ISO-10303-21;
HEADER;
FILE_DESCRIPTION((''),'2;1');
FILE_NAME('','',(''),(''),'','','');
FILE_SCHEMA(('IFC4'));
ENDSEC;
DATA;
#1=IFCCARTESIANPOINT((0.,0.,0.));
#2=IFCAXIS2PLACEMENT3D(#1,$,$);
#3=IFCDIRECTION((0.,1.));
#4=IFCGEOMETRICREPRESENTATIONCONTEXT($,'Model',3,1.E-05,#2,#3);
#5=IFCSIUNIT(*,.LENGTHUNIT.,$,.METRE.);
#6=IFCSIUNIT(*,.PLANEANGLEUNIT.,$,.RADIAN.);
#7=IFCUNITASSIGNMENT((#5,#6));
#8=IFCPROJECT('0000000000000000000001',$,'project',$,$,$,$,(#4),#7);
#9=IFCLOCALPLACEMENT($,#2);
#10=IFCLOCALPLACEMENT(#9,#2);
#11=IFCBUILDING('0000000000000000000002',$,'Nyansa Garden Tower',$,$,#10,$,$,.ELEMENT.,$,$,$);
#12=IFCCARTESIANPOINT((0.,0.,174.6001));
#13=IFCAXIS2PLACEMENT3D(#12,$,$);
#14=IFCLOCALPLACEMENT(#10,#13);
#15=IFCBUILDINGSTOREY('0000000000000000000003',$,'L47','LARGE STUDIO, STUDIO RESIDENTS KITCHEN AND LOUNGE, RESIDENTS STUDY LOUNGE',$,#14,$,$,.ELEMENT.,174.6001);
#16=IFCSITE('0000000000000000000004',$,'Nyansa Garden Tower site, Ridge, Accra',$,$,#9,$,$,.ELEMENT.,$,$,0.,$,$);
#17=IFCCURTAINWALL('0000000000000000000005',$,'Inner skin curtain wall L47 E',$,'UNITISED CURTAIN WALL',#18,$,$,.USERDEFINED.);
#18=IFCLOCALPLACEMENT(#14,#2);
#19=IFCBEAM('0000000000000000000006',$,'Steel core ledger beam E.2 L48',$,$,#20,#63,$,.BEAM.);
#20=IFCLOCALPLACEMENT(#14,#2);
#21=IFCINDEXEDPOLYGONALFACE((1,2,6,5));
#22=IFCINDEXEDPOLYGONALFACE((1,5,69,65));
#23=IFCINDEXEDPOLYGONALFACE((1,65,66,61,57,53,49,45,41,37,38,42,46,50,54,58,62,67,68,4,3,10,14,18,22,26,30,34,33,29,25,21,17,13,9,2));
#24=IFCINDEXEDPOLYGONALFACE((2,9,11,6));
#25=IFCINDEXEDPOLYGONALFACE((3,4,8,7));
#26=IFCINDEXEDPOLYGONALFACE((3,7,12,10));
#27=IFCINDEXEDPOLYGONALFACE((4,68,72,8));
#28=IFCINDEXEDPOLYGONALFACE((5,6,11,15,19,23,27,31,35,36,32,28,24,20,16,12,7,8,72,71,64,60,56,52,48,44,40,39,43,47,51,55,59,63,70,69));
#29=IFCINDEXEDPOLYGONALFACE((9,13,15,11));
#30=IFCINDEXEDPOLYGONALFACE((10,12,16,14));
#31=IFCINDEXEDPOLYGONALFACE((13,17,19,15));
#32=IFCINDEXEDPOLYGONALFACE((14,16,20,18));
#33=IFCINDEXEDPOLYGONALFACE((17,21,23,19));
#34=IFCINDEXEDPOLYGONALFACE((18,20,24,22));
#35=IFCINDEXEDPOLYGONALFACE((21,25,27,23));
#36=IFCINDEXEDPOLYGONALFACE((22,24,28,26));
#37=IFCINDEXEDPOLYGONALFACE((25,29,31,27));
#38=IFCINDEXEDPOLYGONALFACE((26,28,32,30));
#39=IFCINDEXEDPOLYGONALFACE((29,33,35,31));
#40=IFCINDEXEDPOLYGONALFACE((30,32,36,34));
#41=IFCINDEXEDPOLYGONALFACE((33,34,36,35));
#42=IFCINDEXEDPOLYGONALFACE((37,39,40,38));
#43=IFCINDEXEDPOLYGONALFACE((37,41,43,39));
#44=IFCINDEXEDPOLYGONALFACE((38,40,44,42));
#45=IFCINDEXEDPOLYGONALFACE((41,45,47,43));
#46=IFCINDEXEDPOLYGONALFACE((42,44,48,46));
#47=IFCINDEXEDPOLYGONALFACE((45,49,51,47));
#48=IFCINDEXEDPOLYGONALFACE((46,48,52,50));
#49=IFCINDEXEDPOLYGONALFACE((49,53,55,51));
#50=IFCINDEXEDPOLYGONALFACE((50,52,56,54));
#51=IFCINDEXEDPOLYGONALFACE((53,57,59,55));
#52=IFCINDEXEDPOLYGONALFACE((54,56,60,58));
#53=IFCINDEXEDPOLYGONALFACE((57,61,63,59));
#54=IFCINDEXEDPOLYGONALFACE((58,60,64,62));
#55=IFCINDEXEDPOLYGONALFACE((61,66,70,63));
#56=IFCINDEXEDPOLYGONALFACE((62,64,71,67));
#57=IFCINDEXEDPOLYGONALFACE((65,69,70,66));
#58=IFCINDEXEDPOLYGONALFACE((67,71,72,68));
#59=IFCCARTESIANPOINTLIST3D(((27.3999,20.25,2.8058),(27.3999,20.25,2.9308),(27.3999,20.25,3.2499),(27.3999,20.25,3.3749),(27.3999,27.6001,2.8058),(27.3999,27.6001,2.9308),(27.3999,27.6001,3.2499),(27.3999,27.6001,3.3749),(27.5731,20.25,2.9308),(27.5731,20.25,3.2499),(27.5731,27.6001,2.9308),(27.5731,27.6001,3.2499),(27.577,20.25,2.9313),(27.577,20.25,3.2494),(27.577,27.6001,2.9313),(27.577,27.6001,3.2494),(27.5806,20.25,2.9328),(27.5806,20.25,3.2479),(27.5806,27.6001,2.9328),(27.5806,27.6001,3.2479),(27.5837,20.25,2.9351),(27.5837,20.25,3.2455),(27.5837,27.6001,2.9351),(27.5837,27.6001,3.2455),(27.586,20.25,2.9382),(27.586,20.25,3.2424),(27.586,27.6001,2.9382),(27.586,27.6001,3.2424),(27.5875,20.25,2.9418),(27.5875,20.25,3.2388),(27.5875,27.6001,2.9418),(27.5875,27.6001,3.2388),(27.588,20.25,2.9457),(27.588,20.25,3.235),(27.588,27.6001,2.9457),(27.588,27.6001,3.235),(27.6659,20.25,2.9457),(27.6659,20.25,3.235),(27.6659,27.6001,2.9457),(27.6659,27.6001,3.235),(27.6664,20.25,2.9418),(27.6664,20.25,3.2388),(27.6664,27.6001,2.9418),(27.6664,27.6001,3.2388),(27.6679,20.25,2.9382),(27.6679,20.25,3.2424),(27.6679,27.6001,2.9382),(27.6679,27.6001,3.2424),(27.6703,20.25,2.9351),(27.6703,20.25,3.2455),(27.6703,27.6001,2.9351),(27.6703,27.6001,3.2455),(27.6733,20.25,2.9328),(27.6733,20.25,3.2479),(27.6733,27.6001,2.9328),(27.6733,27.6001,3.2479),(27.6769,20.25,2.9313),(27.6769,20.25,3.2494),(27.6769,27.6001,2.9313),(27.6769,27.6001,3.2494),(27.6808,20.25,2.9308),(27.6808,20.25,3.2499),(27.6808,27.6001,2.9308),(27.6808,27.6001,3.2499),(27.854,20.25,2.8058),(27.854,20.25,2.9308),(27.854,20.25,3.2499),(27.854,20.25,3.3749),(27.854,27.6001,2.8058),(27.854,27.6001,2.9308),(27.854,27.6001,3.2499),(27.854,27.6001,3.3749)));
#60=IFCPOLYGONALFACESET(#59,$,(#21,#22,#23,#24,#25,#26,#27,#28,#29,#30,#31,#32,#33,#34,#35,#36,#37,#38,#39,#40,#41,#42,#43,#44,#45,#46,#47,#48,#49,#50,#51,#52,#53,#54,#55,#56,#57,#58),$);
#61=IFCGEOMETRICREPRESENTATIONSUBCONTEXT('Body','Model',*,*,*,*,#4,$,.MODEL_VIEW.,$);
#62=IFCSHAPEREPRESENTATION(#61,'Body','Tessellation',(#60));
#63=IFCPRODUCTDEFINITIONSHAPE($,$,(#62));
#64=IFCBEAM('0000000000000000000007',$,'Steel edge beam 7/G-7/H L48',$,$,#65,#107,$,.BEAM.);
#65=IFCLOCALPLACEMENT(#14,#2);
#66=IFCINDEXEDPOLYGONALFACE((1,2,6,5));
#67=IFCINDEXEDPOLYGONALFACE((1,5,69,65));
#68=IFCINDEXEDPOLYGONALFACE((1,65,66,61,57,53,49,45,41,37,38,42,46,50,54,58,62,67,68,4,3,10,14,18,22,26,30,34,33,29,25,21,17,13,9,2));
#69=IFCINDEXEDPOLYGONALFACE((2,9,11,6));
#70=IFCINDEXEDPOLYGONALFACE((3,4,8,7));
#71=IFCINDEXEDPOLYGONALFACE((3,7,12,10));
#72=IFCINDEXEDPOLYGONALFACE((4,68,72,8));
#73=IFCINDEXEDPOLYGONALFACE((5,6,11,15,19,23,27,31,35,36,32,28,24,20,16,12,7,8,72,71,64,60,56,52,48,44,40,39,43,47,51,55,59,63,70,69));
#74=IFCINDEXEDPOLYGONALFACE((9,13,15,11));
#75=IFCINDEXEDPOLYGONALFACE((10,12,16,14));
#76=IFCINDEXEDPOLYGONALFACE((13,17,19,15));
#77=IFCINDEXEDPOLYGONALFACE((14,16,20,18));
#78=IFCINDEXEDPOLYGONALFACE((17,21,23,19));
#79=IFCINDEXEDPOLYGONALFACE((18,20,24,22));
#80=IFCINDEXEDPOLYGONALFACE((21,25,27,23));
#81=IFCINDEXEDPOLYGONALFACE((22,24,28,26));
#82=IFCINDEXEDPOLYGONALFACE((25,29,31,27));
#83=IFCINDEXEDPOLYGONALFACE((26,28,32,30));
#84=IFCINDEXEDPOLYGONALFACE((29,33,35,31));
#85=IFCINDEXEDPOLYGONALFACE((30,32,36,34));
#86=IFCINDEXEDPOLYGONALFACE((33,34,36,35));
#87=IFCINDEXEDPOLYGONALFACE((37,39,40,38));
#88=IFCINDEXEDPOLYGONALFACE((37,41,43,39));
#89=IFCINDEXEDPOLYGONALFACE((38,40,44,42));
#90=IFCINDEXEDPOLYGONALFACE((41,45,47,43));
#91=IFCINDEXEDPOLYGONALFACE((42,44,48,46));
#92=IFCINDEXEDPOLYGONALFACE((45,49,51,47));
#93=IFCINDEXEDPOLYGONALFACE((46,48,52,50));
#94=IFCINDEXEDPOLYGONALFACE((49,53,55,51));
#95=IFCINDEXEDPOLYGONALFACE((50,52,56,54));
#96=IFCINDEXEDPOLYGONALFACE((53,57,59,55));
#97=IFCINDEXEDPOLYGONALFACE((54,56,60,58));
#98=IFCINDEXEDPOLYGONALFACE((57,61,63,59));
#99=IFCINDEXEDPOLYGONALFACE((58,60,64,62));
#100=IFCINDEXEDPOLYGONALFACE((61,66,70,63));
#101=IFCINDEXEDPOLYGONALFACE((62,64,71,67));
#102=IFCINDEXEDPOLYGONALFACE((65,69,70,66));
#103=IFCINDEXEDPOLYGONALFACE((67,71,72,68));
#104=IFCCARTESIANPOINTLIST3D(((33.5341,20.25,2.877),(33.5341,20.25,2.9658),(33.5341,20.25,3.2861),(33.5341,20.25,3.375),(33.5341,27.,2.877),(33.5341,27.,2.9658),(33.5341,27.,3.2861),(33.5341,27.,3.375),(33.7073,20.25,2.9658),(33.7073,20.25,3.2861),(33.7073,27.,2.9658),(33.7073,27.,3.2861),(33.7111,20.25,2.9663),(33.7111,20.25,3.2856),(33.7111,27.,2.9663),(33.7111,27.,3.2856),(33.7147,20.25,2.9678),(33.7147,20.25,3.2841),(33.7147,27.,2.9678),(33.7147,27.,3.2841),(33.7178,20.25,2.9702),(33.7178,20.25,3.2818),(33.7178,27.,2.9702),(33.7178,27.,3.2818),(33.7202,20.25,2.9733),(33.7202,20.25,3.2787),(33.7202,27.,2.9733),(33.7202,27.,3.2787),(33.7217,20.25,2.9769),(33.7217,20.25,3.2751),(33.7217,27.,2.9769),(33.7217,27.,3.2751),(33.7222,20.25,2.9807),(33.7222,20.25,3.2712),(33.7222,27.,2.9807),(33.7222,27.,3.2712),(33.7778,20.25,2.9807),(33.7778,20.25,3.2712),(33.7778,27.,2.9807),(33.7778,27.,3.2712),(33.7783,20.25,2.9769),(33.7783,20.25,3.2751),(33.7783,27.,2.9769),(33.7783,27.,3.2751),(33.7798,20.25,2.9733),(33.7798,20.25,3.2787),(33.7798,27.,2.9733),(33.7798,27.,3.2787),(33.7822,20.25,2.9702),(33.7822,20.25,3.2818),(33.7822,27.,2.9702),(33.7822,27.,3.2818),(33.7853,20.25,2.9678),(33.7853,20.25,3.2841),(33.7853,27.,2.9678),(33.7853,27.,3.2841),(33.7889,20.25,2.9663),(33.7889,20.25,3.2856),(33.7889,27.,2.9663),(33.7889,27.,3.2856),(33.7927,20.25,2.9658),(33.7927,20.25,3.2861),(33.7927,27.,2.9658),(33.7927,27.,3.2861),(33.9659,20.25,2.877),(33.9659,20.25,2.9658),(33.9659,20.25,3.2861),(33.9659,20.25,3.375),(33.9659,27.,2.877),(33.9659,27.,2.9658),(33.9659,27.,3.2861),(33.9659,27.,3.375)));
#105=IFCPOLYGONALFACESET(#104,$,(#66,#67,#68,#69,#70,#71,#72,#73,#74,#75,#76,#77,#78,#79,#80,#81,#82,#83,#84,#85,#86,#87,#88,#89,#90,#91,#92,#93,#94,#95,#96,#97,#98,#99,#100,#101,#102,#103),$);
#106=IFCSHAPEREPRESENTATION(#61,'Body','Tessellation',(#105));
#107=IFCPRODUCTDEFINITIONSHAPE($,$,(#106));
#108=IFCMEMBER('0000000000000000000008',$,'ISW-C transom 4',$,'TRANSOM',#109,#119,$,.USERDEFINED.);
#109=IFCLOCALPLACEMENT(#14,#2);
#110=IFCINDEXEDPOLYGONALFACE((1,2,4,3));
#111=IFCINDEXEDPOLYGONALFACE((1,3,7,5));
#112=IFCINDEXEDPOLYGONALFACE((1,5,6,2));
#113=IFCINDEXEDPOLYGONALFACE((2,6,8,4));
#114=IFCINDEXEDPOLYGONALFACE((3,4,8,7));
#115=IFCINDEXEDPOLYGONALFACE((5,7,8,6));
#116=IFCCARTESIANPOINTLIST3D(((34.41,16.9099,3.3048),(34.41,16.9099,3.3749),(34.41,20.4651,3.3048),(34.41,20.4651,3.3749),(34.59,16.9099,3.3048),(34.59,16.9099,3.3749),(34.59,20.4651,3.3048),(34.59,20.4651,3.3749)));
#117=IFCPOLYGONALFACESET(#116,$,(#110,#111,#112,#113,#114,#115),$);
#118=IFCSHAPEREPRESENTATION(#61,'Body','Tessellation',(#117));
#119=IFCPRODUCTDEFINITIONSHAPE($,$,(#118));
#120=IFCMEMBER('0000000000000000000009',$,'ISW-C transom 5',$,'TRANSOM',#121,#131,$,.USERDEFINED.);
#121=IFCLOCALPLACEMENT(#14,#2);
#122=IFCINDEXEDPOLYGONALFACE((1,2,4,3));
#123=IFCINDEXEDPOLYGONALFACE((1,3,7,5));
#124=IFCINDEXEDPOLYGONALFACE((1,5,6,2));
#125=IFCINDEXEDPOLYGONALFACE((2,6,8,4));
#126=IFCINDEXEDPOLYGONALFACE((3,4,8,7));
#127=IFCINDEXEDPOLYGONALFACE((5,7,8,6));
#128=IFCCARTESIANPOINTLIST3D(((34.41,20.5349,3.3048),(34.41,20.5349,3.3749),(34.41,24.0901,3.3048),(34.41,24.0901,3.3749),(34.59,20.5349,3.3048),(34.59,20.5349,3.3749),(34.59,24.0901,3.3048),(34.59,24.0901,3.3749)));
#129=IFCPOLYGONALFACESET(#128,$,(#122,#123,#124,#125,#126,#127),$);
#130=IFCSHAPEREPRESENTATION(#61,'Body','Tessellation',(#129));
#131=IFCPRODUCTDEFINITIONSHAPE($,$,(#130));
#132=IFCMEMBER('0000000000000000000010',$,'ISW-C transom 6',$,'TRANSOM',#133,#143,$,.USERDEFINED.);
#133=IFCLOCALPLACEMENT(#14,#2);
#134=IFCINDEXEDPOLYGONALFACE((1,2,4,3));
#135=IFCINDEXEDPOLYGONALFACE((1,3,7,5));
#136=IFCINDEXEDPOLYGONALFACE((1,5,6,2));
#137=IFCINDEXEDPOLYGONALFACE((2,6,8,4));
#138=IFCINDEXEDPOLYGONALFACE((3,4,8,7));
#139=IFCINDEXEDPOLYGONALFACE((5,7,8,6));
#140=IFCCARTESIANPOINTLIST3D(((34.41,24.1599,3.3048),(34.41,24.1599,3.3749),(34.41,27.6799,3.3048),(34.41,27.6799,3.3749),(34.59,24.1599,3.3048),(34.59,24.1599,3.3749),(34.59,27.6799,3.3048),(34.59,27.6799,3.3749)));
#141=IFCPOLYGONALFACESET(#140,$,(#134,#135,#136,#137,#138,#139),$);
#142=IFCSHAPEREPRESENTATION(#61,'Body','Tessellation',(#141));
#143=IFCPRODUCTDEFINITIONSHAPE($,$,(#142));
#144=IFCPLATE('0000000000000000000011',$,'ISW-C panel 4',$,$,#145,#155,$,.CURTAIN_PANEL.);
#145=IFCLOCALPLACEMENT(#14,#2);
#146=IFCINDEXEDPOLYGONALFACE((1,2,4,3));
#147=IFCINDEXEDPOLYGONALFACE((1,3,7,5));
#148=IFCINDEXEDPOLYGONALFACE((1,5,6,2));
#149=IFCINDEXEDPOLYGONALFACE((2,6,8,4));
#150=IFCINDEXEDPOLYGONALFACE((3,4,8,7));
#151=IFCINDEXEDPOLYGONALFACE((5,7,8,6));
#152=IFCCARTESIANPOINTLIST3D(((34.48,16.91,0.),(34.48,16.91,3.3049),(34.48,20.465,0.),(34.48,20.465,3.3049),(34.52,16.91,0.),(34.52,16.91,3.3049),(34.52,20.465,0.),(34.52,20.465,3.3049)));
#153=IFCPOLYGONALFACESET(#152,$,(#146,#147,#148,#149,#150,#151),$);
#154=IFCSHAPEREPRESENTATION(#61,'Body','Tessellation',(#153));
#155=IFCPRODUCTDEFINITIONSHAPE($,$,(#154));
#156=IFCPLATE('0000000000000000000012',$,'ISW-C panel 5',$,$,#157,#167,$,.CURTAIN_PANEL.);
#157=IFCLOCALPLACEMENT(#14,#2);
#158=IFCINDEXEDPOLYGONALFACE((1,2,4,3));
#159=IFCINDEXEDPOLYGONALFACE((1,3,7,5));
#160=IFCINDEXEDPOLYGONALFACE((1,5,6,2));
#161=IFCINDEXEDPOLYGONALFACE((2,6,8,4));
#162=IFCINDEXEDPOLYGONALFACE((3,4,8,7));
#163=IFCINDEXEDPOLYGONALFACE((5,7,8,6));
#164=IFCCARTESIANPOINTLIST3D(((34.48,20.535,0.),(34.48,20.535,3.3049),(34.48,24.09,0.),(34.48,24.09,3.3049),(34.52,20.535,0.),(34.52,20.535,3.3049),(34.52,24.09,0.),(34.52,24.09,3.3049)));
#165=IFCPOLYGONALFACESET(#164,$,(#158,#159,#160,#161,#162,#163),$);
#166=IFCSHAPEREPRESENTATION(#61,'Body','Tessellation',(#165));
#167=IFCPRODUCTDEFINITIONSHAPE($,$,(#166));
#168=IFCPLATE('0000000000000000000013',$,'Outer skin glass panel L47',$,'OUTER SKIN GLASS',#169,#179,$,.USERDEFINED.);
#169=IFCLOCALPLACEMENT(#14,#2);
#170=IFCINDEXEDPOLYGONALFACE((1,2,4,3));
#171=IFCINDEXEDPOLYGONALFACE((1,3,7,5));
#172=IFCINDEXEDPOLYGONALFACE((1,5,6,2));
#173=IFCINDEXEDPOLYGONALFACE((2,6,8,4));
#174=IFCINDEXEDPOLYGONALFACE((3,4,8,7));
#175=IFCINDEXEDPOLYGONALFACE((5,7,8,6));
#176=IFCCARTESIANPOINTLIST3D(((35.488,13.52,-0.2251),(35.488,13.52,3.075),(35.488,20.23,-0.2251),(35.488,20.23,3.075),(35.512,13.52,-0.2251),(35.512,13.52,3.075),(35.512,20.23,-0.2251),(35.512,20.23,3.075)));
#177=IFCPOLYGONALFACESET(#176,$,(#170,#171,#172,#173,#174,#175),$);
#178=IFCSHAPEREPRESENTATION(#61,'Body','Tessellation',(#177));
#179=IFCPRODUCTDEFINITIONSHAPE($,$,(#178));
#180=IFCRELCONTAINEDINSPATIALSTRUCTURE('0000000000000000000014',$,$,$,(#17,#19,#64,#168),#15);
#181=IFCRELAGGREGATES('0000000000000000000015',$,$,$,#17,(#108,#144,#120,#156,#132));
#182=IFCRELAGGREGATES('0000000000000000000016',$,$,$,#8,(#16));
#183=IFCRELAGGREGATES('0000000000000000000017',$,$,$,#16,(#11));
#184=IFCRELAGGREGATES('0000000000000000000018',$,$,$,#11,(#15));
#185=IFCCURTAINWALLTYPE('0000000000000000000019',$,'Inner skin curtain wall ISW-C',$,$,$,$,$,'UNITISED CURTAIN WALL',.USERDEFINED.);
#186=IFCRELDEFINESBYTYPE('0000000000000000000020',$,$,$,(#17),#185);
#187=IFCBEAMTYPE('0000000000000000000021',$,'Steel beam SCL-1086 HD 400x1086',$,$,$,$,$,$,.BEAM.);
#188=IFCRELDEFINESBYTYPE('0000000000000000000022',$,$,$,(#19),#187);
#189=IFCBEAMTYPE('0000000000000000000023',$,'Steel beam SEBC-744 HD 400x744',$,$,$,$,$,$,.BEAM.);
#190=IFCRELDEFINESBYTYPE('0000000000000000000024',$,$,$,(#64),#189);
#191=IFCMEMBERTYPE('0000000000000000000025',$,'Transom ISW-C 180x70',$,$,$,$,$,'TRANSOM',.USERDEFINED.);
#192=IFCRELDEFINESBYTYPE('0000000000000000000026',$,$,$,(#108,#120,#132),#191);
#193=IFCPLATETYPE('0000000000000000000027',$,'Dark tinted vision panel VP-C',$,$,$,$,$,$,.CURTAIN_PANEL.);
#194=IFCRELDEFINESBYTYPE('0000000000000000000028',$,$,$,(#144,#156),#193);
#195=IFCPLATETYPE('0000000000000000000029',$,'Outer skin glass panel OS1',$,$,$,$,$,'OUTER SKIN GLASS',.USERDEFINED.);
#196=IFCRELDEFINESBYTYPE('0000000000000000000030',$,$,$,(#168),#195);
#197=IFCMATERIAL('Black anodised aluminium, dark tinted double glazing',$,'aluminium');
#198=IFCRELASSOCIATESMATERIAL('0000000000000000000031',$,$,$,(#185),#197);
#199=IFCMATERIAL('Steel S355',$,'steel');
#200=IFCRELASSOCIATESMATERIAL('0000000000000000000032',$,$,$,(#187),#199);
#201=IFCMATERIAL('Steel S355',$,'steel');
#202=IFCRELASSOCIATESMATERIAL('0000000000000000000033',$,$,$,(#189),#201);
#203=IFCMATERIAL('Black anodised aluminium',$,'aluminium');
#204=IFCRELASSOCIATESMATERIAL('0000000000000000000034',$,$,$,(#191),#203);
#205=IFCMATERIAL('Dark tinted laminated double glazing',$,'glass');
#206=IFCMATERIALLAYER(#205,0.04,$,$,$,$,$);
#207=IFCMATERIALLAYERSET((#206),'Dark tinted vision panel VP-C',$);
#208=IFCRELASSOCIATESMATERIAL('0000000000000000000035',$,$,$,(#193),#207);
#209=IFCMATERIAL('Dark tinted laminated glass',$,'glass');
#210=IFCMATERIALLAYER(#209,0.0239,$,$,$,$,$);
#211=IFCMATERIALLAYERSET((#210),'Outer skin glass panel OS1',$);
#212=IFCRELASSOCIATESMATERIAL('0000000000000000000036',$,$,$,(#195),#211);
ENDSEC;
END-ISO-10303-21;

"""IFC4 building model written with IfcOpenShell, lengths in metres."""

from ifc_helpers import new_model, si_unit, direction, frame, origin, origin_2d, place, context, subcontext, project, spatial, rectangle, i_section, extrude, material, layer, layer_set, material_profile, profile_set, type_object, element, aggregate, save


model = new_model("IFC4")

# Units and contexts
model_context = context("Model", 3, precision=1e-05, world=origin(), true_north=direction((0.0, 1.0)))
body_context = subcontext(model_context, "Body", "Model", "MODEL_VIEW")
ifc_project = project(units=[si_unit("LENGTHUNIT", "METRE"), si_unit("PLANEANGLEUNIT", "RADIAN")], contexts=[model_context])

# Site, building, storey
site_placement = place(None, origin())
site = spatial("IfcSite", under=ifc_project, at=site_placement, Name="Nyansa Garden Tower site, Ridge, Accra", CompositionType="ELEMENT", RefElevation=0.0)
building_placement = place(site_placement, origin())
building = spatial("IfcBuilding", under=site, at=building_placement, Name="Nyansa Garden Tower", CompositionType="ELEMENT")
storey_placement = place(building_placement, frame((0.0, 0.0, 174.6001)))
storey = spatial("IfcBuildingStorey", under=building, at=storey_placement, Name="L47", Description="LARGE STUDIO, STUDIO RESIDENTS KITCHEN AND LOUNGE, RESIDENTS STUDY LOUNGE", CompositionType="ELEMENT", Elevation=174.6001)

# Curtain wall
ifc_material_1 = material(Name="Black anodised aluminium, dark tinted double glazing", Category="aluminium")
curtain_wall_type = type_object("IfcCurtainWallType", Name="Inner skin curtain wall ISW-C", ElementType="UNITISED CURTAIN WALL", PredefinedType="USERDEFINED", material=ifc_material_1)
curtain_wall_placement = place(storey_placement, origin())
curtain_wall = element("IfcCurtainWall", 1, at=curtain_wall_placement, inside=storey, type_object=curtain_wall_type, Name="Inner skin curtain wall L47 E", ObjectType="UNITISED CURTAIN WALL", PredefinedType="USERDEFINED")

# Beams
ifc_material_2 = material(Name="Steel S355", Category="steel")
ifc_material_profile_1 = material_profile(ifc_material_2, i_section(OverallWidth=0.4541, OverallDepth=0.5691, WebThickness=0.0779, FlangeThickness=0.125, FilletRadius=0.0149, at=origin_2d()), Name="HD 400x1086")
ifc_profile_set_1 = profile_set([ifc_material_profile_1], Name="Steel S355")
beam_type_1 = type_object("IfcBeamType", Name="Steel beam SCL-1086 HD 400x1086", PredefinedType="BEAM", material=ifc_profile_set_1)
beam_1_placement = place(storey_placement, frame((27.627, 20.25, 3.0903), z_axis=(0.0, 1.0, 0.0), x_axis=(-1.0, 0.0, 0.0)))
element("IfcBeam", 2, at=beam_1_placement, inside=storey, type_object=beam_type_1, Name="Steel core ledger beam E.2 L48", PredefinedType="BEAM", context=body_context, shape_type="SweptSolid", body=[
    extrude(i_section(OverallWidth=0.4541, OverallDepth=0.5691, WebThickness=0.0779, FlangeThickness=0.125, FilletRadius=0.0149, at=origin_2d()), origin(), (0.0, 0.0, 1.0), 7.3501),
])
ifc_material_3 = material(Name="Steel S355", Category="steel")
ifc_material_profile_2 = material_profile(ifc_material_3, i_section(OverallWidth=0.4319, OverallDepth=0.498, WebThickness=0.0557, FlangeThickness=0.0889, FilletRadius=0.0149, at=origin_2d()), Name="HD 400x744")
ifc_profile_set_2 = profile_set([ifc_material_profile_2], Name="Steel S355")
beam_type_2 = type_object("IfcBeamType", Name="Steel beam SEBC-744 HD 400x744", PredefinedType="BEAM", material=ifc_profile_set_2)
beam_2_placement = place(storey_placement, frame((33.75, 20.25, 3.126), z_axis=(0.0, 1.0, 0.0), x_axis=(-1.0, 0.0, 0.0)))
element("IfcBeam", 3, at=beam_2_placement, inside=storey, type_object=beam_type_2, Name="Steel edge beam 7/G-7/H L48", PredefinedType="BEAM", context=body_context, shape_type="SweptSolid", body=[
    extrude(i_section(OverallWidth=0.4319, OverallDepth=0.498, WebThickness=0.0557, FlangeThickness=0.0889, FilletRadius=0.0149, at=origin_2d()), origin(), (0.0, 0.0, 1.0), 6.75),
])

# Members
ifc_material_4 = material(Name="Black anodised aluminium", Category="aluminium")
ifc_material_profile_3 = material_profile(ifc_material_4, rectangle(XDim=0.1799, YDim=0.0701, at=origin_2d()), Name="Transom 180x70")
ifc_profile_set_3 = profile_set([ifc_material_profile_3], Name="Black anodised aluminium")
member_type_1 = type_object("IfcMemberType", Name="Transom ISW-C 180x70", ElementType="TRANSOM", PredefinedType="USERDEFINED", material=ifc_profile_set_3)
member_1_placement = place(storey_placement, frame((34.5, 16.9099, 3.3398), z_axis=(0.0, 1.0, 0.0), x_axis=(-1.0, 0.0, 0.0)))
member_1 = element("IfcMember", 4, at=member_1_placement, type_object=member_type_1, Name="ISW-C transom 4", ObjectType="TRANSOM", PredefinedType="USERDEFINED", context=body_context, shape_type="SweptSolid", body=[
    extrude(rectangle(XDim=0.1799, YDim=0.0701, at=origin_2d()), origin(), (0.0, 0.0, 1.0), 3.5552),
])
member_2_placement = place(storey_placement, frame((34.5, 20.5349, 3.3398), z_axis=(0.0, 1.0, 0.0), x_axis=(-1.0, 0.0, 0.0)))
member_2 = element("IfcMember", 5, at=member_2_placement, type_object=member_type_1, Name="ISW-C transom 5", ObjectType="TRANSOM", PredefinedType="USERDEFINED", context=body_context, shape_type="SweptSolid", body=[
    extrude(rectangle(XDim=0.1799, YDim=0.0701, at=origin_2d()), origin(), (0.0, 0.0, 1.0), 3.5552),
])
member_3_placement = place(storey_placement, frame((34.5, 24.1599, 3.3398), z_axis=(0.0, 1.0, 0.0), x_axis=(-1.0, 0.0, 0.0)))
member_3 = element("IfcMember", 6, at=member_3_placement, type_object=member_type_1, Name="ISW-C transom 6", ObjectType="TRANSOM", PredefinedType="USERDEFINED", context=body_context, shape_type="SweptSolid", body=[
    extrude(rectangle(XDim=0.1799, YDim=0.0701, at=origin_2d()), origin(), (0.0, 0.0, 1.0), 3.52),
])

# Plates
ifc_material_5 = material(Name="Dark tinted laminated double glazing", Category="glass")
ifc_layer_1 = layer(ifc_material_5, 0.04)
ifc_layer_set_1 = layer_set([ifc_layer_1], Name="Dark tinted vision panel VP-C")
plate_type_1 = type_object("IfcPlateType", Name="Dark tinted vision panel VP-C", PredefinedType="CURTAIN_PANEL", material=ifc_layer_set_1)
plate_1_placement = place(storey_placement, frame((34.5, 18.6875, 0.0), z_axis=(0.0, 0.0, 1.0), x_axis=(0.0, 1.0, 0.0)))
plate_1 = element("IfcPlate", 7, at=plate_1_placement, type_object=plate_type_1, Name="ISW-C panel 4", PredefinedType="CURTAIN_PANEL", context=body_context, shape_type="SweptSolid", body=[
    extrude(rectangle(XDim=3.5549, YDim=0.04, at=origin_2d()), origin(), (0.0, 0.0, 1.0), 3.3049),
])
plate_2_placement = place(storey_placement, frame((34.5, 22.3125, 0.0), z_axis=(0.0, 0.0, 1.0), x_axis=(0.0, 1.0, 0.0)))
plate_2 = element("IfcPlate", 8, at=plate_2_placement, type_object=plate_type_1, Name="ISW-C panel 5", PredefinedType="CURTAIN_PANEL", context=body_context, shape_type="SweptSolid", body=[
    extrude(rectangle(XDim=3.5549, YDim=0.04, at=origin_2d()), origin(), (0.0, 0.0, 1.0), 3.3049),
])
aggregate(curtain_wall, [member_1, plate_1, member_2, plate_2, member_3])
ifc_material_6 = material(Name="Dark tinted laminated glass", Category="glass")
ifc_layer_2 = layer(ifc_material_6, 0.0239)
ifc_layer_set_2 = layer_set([ifc_layer_2], Name="Outer skin glass panel OS1")
plate_type_2 = type_object("IfcPlateType", Name="Outer skin glass panel OS1", ElementType="OUTER SKIN GLASS", PredefinedType="USERDEFINED", material=ifc_layer_set_2)
plate_3_placement = place(storey_placement, frame((35.5, 16.875, -0.2251), z_axis=(0.0, 0.0, 1.0), x_axis=(0.0, 1.0, 0.0)))
element("IfcPlate", 9, at=plate_3_placement, inside=storey, type_object=plate_type_2, Name="Outer skin glass panel L47", ObjectType="OUTER SKIN GLASS", PredefinedType="USERDEFINED", context=body_context, shape_type="SweptSolid", body=[
    extrude(rectangle(XDim=6.71, YDim=0.0239, at=origin_2d()), origin(), (0.0, 0.0, 1.0), 3.3),
])

save(model, "model.ifc")
